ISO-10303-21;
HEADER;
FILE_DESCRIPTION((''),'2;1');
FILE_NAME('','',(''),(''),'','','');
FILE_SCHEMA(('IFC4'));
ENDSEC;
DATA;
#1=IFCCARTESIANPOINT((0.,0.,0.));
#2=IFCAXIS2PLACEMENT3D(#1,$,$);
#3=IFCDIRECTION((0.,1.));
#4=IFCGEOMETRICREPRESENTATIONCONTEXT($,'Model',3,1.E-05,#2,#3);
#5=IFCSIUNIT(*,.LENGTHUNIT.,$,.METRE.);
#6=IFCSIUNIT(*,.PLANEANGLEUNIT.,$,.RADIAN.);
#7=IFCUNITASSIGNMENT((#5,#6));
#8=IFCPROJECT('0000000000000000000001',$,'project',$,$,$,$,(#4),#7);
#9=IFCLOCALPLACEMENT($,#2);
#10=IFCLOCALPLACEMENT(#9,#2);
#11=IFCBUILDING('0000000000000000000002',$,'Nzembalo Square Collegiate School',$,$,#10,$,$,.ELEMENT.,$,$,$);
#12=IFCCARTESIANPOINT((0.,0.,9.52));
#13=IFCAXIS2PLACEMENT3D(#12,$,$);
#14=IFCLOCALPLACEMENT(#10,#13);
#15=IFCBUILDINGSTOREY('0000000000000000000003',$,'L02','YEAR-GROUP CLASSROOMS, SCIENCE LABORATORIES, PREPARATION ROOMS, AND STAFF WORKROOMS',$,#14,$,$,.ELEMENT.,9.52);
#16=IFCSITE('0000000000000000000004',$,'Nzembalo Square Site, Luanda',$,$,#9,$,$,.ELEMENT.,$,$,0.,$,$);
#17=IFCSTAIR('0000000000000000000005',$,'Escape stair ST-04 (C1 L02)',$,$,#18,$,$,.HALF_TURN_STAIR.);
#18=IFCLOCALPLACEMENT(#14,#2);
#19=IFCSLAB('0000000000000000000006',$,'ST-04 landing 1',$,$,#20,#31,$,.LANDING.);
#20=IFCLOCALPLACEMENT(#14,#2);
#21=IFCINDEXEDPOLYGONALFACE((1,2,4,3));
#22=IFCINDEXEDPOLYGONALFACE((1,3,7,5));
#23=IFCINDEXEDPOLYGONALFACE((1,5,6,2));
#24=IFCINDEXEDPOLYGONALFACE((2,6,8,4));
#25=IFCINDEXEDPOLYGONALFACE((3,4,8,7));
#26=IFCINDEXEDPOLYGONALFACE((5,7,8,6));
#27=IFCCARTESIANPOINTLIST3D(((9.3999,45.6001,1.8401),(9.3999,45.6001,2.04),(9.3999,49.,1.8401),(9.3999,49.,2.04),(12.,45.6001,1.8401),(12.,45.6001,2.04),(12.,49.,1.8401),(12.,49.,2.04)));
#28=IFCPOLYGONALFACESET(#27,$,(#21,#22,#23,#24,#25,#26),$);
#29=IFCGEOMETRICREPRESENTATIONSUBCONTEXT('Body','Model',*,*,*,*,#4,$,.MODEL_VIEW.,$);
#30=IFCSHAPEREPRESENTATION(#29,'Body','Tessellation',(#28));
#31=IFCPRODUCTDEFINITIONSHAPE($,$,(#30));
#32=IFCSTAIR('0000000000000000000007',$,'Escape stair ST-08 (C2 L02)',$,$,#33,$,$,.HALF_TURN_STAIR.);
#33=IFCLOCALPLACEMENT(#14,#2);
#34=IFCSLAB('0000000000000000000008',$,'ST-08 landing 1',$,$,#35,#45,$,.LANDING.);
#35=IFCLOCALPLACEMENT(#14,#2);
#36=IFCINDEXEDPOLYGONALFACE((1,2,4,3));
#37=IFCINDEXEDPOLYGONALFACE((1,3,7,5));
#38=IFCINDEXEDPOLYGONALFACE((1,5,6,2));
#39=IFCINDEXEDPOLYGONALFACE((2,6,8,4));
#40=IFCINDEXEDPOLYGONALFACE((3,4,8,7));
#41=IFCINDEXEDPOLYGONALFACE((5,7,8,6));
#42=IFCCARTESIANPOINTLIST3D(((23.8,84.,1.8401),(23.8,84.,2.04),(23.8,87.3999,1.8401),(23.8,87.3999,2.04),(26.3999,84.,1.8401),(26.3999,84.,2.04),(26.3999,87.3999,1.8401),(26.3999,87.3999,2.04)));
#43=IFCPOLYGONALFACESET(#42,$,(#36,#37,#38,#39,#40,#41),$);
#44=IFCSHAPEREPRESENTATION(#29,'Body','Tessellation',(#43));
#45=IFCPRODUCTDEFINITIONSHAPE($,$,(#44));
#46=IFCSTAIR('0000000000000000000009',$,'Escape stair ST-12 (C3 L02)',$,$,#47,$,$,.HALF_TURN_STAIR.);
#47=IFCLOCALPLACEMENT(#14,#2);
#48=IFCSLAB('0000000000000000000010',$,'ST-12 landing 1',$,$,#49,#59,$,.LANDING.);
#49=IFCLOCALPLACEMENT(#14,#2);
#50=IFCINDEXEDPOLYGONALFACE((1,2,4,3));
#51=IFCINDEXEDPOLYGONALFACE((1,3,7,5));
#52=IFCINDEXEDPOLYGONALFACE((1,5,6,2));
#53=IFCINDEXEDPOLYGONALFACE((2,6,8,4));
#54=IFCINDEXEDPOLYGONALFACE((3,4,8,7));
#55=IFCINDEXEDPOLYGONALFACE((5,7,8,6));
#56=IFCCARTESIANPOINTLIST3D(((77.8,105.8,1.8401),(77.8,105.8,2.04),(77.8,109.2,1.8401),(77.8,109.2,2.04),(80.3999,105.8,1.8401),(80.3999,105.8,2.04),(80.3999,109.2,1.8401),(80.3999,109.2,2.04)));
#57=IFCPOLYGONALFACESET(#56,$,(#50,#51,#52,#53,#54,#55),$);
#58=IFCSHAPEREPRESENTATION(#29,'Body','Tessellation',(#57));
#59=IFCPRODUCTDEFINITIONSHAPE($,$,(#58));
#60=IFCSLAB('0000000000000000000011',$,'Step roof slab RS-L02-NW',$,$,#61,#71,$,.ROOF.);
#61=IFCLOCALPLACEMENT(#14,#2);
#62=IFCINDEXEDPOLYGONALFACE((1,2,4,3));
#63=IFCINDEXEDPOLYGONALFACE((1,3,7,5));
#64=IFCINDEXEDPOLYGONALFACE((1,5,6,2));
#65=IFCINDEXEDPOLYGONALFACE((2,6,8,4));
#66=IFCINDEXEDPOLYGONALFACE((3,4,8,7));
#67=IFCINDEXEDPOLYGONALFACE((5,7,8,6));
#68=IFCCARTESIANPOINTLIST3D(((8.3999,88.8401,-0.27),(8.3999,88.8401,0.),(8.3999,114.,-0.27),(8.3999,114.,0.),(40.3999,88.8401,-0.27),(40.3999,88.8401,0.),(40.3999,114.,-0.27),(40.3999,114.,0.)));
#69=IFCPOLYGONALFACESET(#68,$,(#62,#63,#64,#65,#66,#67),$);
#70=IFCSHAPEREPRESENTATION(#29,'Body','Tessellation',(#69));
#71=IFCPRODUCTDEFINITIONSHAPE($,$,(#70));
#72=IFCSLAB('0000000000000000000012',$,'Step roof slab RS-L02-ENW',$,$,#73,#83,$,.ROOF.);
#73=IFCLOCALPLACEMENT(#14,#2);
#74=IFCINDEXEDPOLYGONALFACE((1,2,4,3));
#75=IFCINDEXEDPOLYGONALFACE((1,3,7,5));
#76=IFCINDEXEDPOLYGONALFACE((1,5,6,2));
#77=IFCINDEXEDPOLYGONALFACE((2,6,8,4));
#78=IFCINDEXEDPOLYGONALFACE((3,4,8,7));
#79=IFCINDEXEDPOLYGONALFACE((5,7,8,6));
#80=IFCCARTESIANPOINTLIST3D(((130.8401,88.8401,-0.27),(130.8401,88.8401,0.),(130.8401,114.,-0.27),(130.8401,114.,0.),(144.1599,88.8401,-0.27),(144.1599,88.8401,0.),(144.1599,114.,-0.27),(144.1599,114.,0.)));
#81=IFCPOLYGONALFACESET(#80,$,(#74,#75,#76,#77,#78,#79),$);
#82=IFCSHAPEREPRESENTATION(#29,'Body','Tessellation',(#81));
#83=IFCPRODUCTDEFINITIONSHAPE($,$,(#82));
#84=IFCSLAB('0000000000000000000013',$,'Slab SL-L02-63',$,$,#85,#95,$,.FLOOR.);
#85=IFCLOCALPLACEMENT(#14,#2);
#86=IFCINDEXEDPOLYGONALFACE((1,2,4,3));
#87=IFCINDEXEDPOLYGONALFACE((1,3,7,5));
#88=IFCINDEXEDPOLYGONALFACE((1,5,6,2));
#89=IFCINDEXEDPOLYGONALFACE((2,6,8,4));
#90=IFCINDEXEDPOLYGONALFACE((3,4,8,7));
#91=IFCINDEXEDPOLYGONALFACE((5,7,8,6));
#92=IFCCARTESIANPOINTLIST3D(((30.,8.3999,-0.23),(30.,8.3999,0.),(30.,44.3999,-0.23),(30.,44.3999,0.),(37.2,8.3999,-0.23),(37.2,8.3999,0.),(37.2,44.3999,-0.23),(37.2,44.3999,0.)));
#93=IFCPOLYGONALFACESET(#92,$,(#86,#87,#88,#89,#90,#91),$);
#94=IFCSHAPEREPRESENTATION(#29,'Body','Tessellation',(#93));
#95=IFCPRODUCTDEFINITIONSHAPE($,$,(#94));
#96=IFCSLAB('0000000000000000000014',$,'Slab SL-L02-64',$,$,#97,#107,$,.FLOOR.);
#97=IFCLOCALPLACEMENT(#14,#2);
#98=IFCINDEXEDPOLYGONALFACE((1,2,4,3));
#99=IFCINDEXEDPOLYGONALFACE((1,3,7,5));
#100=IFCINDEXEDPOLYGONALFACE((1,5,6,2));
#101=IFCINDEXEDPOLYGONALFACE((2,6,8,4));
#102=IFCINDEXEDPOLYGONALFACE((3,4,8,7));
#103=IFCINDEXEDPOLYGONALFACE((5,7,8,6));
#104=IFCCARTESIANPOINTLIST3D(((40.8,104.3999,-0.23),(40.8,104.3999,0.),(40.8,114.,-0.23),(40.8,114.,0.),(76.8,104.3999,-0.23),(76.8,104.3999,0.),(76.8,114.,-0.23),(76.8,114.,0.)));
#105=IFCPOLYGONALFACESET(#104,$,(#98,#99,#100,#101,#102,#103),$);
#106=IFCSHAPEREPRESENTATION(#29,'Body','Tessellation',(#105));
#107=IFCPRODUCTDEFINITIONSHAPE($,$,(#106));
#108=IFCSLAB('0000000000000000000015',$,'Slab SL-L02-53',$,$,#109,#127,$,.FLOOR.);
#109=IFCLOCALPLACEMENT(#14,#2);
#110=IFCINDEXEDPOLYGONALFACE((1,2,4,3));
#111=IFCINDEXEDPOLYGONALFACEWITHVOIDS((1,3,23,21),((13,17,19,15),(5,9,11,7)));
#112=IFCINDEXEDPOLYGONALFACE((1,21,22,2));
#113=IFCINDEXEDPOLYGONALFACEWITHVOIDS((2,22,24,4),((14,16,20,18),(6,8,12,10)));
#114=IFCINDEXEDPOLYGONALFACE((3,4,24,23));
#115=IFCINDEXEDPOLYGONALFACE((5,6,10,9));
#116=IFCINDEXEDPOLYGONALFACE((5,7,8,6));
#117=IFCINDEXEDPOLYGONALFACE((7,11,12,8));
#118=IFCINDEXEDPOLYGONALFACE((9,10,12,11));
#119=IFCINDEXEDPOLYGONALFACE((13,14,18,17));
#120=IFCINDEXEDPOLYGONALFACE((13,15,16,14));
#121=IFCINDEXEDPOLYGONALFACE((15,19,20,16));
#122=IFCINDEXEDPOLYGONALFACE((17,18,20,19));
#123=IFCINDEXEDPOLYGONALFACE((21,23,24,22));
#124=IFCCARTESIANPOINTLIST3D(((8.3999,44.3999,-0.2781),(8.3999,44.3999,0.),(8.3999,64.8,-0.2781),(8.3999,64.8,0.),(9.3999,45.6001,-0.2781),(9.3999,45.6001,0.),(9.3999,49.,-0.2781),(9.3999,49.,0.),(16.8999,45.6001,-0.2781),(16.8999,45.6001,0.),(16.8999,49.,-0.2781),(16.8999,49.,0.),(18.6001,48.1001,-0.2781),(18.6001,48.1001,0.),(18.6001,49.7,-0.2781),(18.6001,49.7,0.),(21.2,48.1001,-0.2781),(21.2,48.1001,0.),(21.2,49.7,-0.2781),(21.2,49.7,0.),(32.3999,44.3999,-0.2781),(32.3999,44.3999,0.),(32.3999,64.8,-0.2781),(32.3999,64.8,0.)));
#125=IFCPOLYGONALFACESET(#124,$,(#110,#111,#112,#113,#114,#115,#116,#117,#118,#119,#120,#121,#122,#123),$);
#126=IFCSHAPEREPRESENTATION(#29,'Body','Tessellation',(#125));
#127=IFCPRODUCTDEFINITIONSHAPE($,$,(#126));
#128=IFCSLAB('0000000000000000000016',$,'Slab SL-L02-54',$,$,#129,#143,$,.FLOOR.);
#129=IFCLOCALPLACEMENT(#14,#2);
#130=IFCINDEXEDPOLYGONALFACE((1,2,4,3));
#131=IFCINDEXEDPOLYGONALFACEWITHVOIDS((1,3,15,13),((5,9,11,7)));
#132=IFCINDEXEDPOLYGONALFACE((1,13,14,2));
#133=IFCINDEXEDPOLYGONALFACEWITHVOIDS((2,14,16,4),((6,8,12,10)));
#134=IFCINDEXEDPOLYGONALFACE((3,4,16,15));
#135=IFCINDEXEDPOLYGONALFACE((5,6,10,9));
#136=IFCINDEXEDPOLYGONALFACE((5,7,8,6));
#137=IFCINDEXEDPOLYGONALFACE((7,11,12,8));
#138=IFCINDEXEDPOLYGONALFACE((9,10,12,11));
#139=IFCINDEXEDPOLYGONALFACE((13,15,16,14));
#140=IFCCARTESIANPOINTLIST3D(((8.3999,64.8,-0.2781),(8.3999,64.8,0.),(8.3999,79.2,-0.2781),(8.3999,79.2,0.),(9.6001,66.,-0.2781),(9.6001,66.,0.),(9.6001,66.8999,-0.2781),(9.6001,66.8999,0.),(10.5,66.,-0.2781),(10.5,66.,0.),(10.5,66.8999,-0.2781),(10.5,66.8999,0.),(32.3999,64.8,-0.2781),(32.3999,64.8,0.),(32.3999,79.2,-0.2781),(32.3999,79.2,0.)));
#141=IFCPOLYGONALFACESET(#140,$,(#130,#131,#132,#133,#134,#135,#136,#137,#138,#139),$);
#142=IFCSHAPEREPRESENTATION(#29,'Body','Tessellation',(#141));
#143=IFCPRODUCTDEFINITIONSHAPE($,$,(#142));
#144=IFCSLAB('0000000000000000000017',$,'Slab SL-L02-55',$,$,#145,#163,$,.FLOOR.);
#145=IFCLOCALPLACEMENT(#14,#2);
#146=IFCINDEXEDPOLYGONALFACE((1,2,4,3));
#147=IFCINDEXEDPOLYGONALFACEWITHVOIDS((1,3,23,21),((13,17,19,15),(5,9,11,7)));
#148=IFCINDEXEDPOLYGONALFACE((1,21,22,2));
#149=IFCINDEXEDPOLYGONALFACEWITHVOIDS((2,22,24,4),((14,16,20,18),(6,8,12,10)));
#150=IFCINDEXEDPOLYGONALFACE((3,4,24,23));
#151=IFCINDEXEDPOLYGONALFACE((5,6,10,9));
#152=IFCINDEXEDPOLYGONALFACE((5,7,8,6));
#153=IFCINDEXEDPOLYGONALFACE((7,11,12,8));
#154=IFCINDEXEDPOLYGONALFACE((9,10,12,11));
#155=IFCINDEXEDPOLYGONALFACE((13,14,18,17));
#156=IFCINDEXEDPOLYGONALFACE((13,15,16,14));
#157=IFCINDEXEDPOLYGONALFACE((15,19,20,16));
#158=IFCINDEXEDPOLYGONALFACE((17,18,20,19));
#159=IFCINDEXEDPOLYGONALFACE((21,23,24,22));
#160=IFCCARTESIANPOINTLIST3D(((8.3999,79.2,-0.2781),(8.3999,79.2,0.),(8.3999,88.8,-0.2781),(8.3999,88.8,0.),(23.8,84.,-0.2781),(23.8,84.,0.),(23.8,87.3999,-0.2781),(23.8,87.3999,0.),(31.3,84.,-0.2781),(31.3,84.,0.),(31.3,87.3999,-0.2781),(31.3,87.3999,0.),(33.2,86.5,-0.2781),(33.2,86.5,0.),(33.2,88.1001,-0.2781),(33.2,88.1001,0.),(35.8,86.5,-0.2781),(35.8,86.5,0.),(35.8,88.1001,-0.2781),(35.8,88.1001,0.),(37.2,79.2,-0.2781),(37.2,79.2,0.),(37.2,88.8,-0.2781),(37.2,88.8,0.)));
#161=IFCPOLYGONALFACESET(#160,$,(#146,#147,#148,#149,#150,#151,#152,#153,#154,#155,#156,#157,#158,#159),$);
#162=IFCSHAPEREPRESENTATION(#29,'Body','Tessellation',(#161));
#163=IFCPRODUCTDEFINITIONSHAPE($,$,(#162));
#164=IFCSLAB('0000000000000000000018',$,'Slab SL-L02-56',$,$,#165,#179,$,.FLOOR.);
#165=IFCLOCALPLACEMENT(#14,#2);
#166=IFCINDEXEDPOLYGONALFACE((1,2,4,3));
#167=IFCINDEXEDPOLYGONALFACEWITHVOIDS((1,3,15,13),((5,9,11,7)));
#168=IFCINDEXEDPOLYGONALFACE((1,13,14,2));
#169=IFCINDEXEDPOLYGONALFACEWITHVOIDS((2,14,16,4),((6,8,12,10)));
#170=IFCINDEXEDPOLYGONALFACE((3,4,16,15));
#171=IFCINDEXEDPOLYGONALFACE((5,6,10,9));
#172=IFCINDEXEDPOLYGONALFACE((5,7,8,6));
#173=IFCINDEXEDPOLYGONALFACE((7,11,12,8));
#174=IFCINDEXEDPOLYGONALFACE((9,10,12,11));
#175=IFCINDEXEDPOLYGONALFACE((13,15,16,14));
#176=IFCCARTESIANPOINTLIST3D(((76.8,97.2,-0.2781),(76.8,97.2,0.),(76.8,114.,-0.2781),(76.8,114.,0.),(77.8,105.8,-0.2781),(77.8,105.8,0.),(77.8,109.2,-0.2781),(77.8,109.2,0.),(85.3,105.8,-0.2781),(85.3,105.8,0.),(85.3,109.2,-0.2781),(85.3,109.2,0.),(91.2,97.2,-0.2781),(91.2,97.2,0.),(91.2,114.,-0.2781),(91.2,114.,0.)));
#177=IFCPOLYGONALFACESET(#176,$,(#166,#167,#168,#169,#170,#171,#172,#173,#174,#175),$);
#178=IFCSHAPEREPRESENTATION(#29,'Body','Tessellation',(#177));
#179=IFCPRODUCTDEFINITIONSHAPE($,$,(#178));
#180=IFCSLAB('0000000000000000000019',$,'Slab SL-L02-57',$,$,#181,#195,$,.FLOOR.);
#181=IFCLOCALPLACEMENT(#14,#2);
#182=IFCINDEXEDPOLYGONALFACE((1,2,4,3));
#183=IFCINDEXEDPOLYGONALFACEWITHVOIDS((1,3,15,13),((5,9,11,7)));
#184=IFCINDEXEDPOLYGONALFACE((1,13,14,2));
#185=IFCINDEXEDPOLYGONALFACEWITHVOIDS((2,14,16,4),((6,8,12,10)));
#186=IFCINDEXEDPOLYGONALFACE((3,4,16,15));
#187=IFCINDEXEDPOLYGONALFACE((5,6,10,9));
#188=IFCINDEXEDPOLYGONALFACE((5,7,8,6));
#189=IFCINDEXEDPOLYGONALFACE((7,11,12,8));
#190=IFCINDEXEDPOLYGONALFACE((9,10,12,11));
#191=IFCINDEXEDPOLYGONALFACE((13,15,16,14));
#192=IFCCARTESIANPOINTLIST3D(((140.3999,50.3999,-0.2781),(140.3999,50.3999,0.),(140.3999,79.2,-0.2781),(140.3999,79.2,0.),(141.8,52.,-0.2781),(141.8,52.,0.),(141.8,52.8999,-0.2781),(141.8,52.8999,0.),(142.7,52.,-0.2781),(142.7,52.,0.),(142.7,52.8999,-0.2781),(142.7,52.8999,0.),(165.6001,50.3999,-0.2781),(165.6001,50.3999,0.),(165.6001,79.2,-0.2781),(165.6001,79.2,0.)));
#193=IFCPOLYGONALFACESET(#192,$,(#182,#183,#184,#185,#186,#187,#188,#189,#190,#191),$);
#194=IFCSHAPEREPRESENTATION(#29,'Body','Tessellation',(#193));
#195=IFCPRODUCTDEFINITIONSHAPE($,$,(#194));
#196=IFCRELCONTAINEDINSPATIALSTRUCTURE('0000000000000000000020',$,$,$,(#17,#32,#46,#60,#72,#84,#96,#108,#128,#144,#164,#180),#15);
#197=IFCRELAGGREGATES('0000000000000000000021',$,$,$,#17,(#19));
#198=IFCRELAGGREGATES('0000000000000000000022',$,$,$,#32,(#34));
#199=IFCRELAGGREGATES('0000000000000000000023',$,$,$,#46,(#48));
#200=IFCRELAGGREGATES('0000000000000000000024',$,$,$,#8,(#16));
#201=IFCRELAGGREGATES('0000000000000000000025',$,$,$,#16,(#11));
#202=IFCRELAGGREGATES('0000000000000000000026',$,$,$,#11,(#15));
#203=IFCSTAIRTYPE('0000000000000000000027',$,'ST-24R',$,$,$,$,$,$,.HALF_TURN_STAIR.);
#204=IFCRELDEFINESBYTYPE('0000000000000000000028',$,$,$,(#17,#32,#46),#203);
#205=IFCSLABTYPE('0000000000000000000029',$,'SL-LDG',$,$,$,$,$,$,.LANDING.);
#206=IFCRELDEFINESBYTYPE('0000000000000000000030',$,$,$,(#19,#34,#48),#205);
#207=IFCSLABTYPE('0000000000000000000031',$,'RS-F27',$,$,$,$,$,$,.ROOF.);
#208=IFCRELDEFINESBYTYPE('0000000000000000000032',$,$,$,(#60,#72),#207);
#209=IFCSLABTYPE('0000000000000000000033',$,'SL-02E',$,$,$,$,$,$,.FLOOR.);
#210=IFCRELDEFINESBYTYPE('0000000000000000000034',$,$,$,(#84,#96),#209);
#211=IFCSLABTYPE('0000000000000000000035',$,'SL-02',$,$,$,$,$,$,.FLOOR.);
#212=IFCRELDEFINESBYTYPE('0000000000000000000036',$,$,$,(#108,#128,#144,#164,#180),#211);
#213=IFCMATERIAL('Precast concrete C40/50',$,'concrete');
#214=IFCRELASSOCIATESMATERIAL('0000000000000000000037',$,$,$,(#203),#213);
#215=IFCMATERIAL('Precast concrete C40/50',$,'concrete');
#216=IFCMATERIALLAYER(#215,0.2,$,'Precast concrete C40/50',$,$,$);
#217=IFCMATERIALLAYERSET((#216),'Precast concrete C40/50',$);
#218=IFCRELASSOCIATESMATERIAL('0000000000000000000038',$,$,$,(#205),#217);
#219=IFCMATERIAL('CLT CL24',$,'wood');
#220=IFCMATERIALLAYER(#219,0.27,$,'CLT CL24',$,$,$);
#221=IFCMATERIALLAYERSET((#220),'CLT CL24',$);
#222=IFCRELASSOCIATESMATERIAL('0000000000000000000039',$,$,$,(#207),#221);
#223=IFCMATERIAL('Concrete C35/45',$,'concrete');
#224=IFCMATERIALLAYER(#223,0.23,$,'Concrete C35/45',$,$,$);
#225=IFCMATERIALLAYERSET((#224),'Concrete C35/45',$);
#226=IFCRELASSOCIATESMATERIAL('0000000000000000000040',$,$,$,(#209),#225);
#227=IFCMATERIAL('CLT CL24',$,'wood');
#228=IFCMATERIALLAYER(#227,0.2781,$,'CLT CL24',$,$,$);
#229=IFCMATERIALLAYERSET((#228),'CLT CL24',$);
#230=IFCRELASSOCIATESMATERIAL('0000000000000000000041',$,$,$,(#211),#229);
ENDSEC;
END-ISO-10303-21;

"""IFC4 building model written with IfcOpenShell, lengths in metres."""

from ifc_helpers import new_model, si_unit, direction, frame, origin, place, context, subcontext, project, spatial, polyline, outline, extrude, material, layer, layer_set, type_object, element, aggregate, save


model = new_model("IFC4")

# Units and contexts
model_context = context("Model", 3, precision=1e-05, world=origin(), true_north=direction((0.0, 1.0)))
body_context = subcontext(model_context, "Body", "Model", "MODEL_VIEW")
ifc_project = project(units=[si_unit("LENGTHUNIT", "METRE"), si_unit("PLANEANGLEUNIT", "RADIAN")], contexts=[model_context])

# Site, building, storey
site_placement = place(None, origin())
site = spatial("IfcSite", under=ifc_project, at=site_placement, Name="Nzembalo Square Site, Luanda", CompositionType="ELEMENT", RefElevation=0.0)
building_placement = place(site_placement, origin())
building = spatial("IfcBuilding", under=site, at=building_placement, Name="Nzembalo Square Collegiate School", CompositionType="ELEMENT")
storey_placement = place(building_placement, frame((0.0, 0.0, 9.52)))
storey = spatial("IfcBuildingStorey", under=building, at=storey_placement, Name="L02", Description="YEAR-GROUP CLASSROOMS, SCIENCE LABORATORIES, PREPARATION ROOMS, AND STAFF WORKROOMS", CompositionType="ELEMENT", Elevation=9.52)

# Stairs, slabs
ifc_material_1 = material(Name="Precast concrete C40/50", Category="concrete")
stair_type = type_object("IfcStairType", Name="ST-24R", PredefinedType="HALF_TURN_STAIR", material=ifc_material_1)
stair_1_placement = place(storey_placement, origin())
stair_1 = element("IfcStair", 1, at=stair_1_placement, inside=storey, type_object=stair_type, Name="Escape stair ST-04 (C1 L02)", PredefinedType="HALF_TURN_STAIR")
ifc_material_2 = material(Name="Precast concrete C40/50", Category="concrete")
ifc_layer_1 = layer(ifc_material_2, 0.2, Name="Precast concrete C40/50")
ifc_layer_set_1 = layer_set([ifc_layer_1], Name="Precast concrete C40/50")
slab_type_1 = type_object("IfcSlabType", Name="SL-LDG", PredefinedType="LANDING", material=ifc_layer_set_1)
slab_1_placement = place(storey_placement, frame((0.0, 0.0, 1.8401)))
slab_1 = element("IfcSlab", 2, at=slab_1_placement, type_object=slab_type_1, Name="ST-04 landing 1", PredefinedType="LANDING", context=body_context, shape_type="SweptSolid", body=[
    extrude(outline(polyline([(12.0, 49.0), (9.3999, 49.0), (9.3999, 45.6001), (12.0, 45.6001), (12.0, 49.0)])), origin(), (0.0, 0.0, 1.0), 0.2),
])
aggregate(stair_1, [slab_1])
stair_2_placement = place(storey_placement, origin())
stair_2 = element("IfcStair", 3, at=stair_2_placement, inside=storey, type_object=stair_type, Name="Escape stair ST-08 (C2 L02)", PredefinedType="HALF_TURN_STAIR")
slab_2_placement = place(storey_placement, frame((0.0, 0.0, 1.8401)))
slab_2 = element("IfcSlab", 4, at=slab_2_placement, type_object=slab_type_1, Name="ST-08 landing 1", PredefinedType="LANDING", context=body_context, shape_type="SweptSolid", body=[
    extrude(outline(polyline([(26.3999, 87.3999), (23.8, 87.3999), (23.8, 84.0), (26.3999, 84.0), (26.3999, 87.3999)])), origin(), (0.0, 0.0, 1.0), 0.2),
])
aggregate(stair_2, [slab_2])
stair_3_placement = place(storey_placement, origin())
stair_3 = element("IfcStair", 5, at=stair_3_placement, inside=storey, type_object=stair_type, Name="Escape stair ST-12 (C3 L02)", PredefinedType="HALF_TURN_STAIR")
slab_3_placement = place(storey_placement, frame((0.0, 0.0, 1.8401)))
slab_3 = element("IfcSlab", 6, at=slab_3_placement, type_object=slab_type_1, Name="ST-12 landing 1", PredefinedType="LANDING", context=body_context, shape_type="SweptSolid", body=[
    extrude(outline(polyline([(80.3999, 109.2), (77.8, 109.2), (77.8, 105.8), (80.3999, 105.8), (80.3999, 109.2)])), origin(), (0.0, 0.0, 1.0), 0.2),
])
aggregate(stair_3, [slab_3])

# Slabs
ifc_material_3 = material(Name="CLT CL24", Category="wood")
ifc_layer_2 = layer(ifc_material_3, 0.27, Name="CLT CL24")
ifc_layer_set_2 = layer_set([ifc_layer_2], Name="CLT CL24")
slab_type_2 = type_object("IfcSlabType", Name="RS-F27", PredefinedType="ROOF", material=ifc_layer_set_2)
slab_4_placement = place(storey_placement, frame((0.0, 0.0, -0.27)))
element("IfcSlab", 7, at=slab_4_placement, inside=storey, type_object=slab_type_2, Name="Step roof slab RS-L02-NW", PredefinedType="ROOF", context=body_context, shape_type="SweptSolid", body=[
    extrude(outline(polyline([(8.3999, 88.8401), (40.3999, 88.8401), (40.3999, 114.0), (8.3999, 114.0), (8.3999, 88.8401)])), origin(), (0.0, 0.0, 1.0), 0.27),
])
slab_5_placement = place(storey_placement, frame((0.0, 0.0, -0.27)))
element("IfcSlab", 8, at=slab_5_placement, inside=storey, type_object=slab_type_2, Name="Step roof slab RS-L02-ENW", PredefinedType="ROOF", context=body_context, shape_type="SweptSolid", body=[
    extrude(outline(polyline([(130.8401, 88.8401), (144.1599, 88.8401), (144.1599, 114.0), (130.8401, 114.0), (130.8401, 88.8401)])), origin(), (0.0, 0.0, 1.0), 0.27),
])
ifc_material_4 = material(Name="Concrete C35/45", Category="concrete")
ifc_layer_3 = layer(ifc_material_4, 0.23, Name="Concrete C35/45")
ifc_layer_set_3 = layer_set([ifc_layer_3], Name="Concrete C35/45")
slab_type_3 = type_object("IfcSlabType", Name="SL-02E", PredefinedType="FLOOR", material=ifc_layer_set_3)
slab_6_placement = place(storey_placement, frame((0.0, 0.0, -0.23)))
element("IfcSlab", 9, at=slab_6_placement, inside=storey, type_object=slab_type_3, Name="Slab SL-L02-63", PredefinedType="FLOOR", context=body_context, shape_type="SweptSolid", body=[
    extrude(outline(polyline([(30.0, 8.3999), (37.2, 8.3999), (37.2, 44.3999), (30.0, 44.3999), (30.0, 8.3999)])), origin(), (0.0, 0.0, 1.0), 0.23),
])
slab_7_placement = place(storey_placement, frame((0.0, 0.0, -0.23)))
element("IfcSlab", 10, at=slab_7_placement, inside=storey, type_object=slab_type_3, Name="Slab SL-L02-64", PredefinedType="FLOOR", context=body_context, shape_type="SweptSolid", body=[
    extrude(outline(polyline([(40.8, 104.3999), (76.8, 104.3999), (76.8, 114.0), (40.8, 114.0), (40.8, 104.3999)])), origin(), (0.0, 0.0, 1.0), 0.23),
])
ifc_material_5 = material(Name="CLT CL24", Category="wood")
ifc_layer_4 = layer(ifc_material_5, 0.2781, Name="CLT CL24")
ifc_layer_set_4 = layer_set([ifc_layer_4], Name="CLT CL24")
slab_type_4 = type_object("IfcSlabType", Name="SL-02", PredefinedType="FLOOR", material=ifc_layer_set_4)
slab_8_placement = place(storey_placement, frame((0.0, 0.0, -0.2781)))
element("IfcSlab", 11, at=slab_8_placement, inside=storey, type_object=slab_type_4, Name="Slab SL-L02-53", PredefinedType="FLOOR", context=body_context, shape_type="SweptSolid", body=[
    extrude(outline(polyline([(8.3999, 44.3999), (32.3999, 44.3999), (32.3999, 64.8), (8.3999, 64.8), (8.3999, 44.3999)]), holes=[polyline([(18.6001, 48.1001), (21.2, 48.1001), (21.2, 49.7), (18.6001, 49.7), (18.6001, 48.1001)]), polyline([(16.8999, 49.0), (9.3999, 49.0), (9.3999, 45.6001), (16.8999, 45.6001), (16.8999, 49.0)])]), origin(), (0.0, 0.0, 1.0), 0.2781),
])
slab_9_placement = place(storey_placement, frame((0.0, 0.0, -0.2781)))
element("IfcSlab", 12, at=slab_9_placement, inside=storey, type_object=slab_type_4, Name="Slab SL-L02-54", PredefinedType="FLOOR", context=body_context, shape_type="SweptSolid", body=[
    extrude(outline(polyline([(8.3999, 64.8), (32.3999, 64.8), (32.3999, 79.2), (8.3999, 79.2), (8.3999, 64.8)]), holes=[polyline([(9.6001, 66.0), (10.5, 66.0), (10.5, 66.8999), (9.6001, 66.8999), (9.6001, 66.0)])]), origin(), (0.0, 0.0, 1.0), 0.2781),
])
slab_10_placement = place(storey_placement, frame((0.0, 0.0, -0.2781)))
element("IfcSlab", 13, at=slab_10_placement, inside=storey, type_object=slab_type_4, Name="Slab SL-L02-55", PredefinedType="FLOOR", context=body_context, shape_type="SweptSolid", body=[
    extrude(outline(polyline([(8.3999, 79.2), (37.2, 79.2), (37.2, 88.8), (8.3999, 88.8), (8.3999, 79.2)]), holes=[polyline([(33.2, 86.5), (35.8, 86.5), (35.8, 88.1001), (33.2, 88.1001), (33.2, 86.5)]), polyline([(31.3, 87.3999), (23.8, 87.3999), (23.8, 84.0), (31.3, 84.0), (31.3, 87.3999)])]), origin(), (0.0, 0.0, 1.0), 0.2781),
])
slab_11_placement = place(storey_placement, frame((0.0, 0.0, -0.2781)))
element("IfcSlab", 14, at=slab_11_placement, inside=storey, type_object=slab_type_4, Name="Slab SL-L02-56", PredefinedType="FLOOR", context=body_context, shape_type="SweptSolid", body=[
    extrude(outline(polyline([(76.8, 97.2), (91.2, 97.2), (91.2, 114.0), (76.8, 114.0), (76.8, 97.2)]), holes=[polyline([(85.3, 109.2), (77.8, 109.2), (77.8, 105.8), (85.3, 105.8), (85.3, 109.2)])]), origin(), (0.0, 0.0, 1.0), 0.2781),
])
slab_12_placement = place(storey_placement, frame((0.0, 0.0, -0.2781)))
element("IfcSlab", 15, at=slab_12_placement, inside=storey, type_object=slab_type_4, Name="Slab SL-L02-57", PredefinedType="FLOOR", context=body_context, shape_type="SweptSolid", body=[
    extrude(outline(polyline([(140.3999, 50.3999), (165.6001, 50.3999), (165.6001, 79.2), (140.3999, 79.2), (140.3999, 50.3999)]), holes=[polyline([(141.8, 52.0), (142.7, 52.0), (142.7, 52.8999), (141.8, 52.8999), (141.8, 52.0)])]), origin(), (0.0, 0.0, 1.0), 0.2781),
])

save(model, "model.ifc")
